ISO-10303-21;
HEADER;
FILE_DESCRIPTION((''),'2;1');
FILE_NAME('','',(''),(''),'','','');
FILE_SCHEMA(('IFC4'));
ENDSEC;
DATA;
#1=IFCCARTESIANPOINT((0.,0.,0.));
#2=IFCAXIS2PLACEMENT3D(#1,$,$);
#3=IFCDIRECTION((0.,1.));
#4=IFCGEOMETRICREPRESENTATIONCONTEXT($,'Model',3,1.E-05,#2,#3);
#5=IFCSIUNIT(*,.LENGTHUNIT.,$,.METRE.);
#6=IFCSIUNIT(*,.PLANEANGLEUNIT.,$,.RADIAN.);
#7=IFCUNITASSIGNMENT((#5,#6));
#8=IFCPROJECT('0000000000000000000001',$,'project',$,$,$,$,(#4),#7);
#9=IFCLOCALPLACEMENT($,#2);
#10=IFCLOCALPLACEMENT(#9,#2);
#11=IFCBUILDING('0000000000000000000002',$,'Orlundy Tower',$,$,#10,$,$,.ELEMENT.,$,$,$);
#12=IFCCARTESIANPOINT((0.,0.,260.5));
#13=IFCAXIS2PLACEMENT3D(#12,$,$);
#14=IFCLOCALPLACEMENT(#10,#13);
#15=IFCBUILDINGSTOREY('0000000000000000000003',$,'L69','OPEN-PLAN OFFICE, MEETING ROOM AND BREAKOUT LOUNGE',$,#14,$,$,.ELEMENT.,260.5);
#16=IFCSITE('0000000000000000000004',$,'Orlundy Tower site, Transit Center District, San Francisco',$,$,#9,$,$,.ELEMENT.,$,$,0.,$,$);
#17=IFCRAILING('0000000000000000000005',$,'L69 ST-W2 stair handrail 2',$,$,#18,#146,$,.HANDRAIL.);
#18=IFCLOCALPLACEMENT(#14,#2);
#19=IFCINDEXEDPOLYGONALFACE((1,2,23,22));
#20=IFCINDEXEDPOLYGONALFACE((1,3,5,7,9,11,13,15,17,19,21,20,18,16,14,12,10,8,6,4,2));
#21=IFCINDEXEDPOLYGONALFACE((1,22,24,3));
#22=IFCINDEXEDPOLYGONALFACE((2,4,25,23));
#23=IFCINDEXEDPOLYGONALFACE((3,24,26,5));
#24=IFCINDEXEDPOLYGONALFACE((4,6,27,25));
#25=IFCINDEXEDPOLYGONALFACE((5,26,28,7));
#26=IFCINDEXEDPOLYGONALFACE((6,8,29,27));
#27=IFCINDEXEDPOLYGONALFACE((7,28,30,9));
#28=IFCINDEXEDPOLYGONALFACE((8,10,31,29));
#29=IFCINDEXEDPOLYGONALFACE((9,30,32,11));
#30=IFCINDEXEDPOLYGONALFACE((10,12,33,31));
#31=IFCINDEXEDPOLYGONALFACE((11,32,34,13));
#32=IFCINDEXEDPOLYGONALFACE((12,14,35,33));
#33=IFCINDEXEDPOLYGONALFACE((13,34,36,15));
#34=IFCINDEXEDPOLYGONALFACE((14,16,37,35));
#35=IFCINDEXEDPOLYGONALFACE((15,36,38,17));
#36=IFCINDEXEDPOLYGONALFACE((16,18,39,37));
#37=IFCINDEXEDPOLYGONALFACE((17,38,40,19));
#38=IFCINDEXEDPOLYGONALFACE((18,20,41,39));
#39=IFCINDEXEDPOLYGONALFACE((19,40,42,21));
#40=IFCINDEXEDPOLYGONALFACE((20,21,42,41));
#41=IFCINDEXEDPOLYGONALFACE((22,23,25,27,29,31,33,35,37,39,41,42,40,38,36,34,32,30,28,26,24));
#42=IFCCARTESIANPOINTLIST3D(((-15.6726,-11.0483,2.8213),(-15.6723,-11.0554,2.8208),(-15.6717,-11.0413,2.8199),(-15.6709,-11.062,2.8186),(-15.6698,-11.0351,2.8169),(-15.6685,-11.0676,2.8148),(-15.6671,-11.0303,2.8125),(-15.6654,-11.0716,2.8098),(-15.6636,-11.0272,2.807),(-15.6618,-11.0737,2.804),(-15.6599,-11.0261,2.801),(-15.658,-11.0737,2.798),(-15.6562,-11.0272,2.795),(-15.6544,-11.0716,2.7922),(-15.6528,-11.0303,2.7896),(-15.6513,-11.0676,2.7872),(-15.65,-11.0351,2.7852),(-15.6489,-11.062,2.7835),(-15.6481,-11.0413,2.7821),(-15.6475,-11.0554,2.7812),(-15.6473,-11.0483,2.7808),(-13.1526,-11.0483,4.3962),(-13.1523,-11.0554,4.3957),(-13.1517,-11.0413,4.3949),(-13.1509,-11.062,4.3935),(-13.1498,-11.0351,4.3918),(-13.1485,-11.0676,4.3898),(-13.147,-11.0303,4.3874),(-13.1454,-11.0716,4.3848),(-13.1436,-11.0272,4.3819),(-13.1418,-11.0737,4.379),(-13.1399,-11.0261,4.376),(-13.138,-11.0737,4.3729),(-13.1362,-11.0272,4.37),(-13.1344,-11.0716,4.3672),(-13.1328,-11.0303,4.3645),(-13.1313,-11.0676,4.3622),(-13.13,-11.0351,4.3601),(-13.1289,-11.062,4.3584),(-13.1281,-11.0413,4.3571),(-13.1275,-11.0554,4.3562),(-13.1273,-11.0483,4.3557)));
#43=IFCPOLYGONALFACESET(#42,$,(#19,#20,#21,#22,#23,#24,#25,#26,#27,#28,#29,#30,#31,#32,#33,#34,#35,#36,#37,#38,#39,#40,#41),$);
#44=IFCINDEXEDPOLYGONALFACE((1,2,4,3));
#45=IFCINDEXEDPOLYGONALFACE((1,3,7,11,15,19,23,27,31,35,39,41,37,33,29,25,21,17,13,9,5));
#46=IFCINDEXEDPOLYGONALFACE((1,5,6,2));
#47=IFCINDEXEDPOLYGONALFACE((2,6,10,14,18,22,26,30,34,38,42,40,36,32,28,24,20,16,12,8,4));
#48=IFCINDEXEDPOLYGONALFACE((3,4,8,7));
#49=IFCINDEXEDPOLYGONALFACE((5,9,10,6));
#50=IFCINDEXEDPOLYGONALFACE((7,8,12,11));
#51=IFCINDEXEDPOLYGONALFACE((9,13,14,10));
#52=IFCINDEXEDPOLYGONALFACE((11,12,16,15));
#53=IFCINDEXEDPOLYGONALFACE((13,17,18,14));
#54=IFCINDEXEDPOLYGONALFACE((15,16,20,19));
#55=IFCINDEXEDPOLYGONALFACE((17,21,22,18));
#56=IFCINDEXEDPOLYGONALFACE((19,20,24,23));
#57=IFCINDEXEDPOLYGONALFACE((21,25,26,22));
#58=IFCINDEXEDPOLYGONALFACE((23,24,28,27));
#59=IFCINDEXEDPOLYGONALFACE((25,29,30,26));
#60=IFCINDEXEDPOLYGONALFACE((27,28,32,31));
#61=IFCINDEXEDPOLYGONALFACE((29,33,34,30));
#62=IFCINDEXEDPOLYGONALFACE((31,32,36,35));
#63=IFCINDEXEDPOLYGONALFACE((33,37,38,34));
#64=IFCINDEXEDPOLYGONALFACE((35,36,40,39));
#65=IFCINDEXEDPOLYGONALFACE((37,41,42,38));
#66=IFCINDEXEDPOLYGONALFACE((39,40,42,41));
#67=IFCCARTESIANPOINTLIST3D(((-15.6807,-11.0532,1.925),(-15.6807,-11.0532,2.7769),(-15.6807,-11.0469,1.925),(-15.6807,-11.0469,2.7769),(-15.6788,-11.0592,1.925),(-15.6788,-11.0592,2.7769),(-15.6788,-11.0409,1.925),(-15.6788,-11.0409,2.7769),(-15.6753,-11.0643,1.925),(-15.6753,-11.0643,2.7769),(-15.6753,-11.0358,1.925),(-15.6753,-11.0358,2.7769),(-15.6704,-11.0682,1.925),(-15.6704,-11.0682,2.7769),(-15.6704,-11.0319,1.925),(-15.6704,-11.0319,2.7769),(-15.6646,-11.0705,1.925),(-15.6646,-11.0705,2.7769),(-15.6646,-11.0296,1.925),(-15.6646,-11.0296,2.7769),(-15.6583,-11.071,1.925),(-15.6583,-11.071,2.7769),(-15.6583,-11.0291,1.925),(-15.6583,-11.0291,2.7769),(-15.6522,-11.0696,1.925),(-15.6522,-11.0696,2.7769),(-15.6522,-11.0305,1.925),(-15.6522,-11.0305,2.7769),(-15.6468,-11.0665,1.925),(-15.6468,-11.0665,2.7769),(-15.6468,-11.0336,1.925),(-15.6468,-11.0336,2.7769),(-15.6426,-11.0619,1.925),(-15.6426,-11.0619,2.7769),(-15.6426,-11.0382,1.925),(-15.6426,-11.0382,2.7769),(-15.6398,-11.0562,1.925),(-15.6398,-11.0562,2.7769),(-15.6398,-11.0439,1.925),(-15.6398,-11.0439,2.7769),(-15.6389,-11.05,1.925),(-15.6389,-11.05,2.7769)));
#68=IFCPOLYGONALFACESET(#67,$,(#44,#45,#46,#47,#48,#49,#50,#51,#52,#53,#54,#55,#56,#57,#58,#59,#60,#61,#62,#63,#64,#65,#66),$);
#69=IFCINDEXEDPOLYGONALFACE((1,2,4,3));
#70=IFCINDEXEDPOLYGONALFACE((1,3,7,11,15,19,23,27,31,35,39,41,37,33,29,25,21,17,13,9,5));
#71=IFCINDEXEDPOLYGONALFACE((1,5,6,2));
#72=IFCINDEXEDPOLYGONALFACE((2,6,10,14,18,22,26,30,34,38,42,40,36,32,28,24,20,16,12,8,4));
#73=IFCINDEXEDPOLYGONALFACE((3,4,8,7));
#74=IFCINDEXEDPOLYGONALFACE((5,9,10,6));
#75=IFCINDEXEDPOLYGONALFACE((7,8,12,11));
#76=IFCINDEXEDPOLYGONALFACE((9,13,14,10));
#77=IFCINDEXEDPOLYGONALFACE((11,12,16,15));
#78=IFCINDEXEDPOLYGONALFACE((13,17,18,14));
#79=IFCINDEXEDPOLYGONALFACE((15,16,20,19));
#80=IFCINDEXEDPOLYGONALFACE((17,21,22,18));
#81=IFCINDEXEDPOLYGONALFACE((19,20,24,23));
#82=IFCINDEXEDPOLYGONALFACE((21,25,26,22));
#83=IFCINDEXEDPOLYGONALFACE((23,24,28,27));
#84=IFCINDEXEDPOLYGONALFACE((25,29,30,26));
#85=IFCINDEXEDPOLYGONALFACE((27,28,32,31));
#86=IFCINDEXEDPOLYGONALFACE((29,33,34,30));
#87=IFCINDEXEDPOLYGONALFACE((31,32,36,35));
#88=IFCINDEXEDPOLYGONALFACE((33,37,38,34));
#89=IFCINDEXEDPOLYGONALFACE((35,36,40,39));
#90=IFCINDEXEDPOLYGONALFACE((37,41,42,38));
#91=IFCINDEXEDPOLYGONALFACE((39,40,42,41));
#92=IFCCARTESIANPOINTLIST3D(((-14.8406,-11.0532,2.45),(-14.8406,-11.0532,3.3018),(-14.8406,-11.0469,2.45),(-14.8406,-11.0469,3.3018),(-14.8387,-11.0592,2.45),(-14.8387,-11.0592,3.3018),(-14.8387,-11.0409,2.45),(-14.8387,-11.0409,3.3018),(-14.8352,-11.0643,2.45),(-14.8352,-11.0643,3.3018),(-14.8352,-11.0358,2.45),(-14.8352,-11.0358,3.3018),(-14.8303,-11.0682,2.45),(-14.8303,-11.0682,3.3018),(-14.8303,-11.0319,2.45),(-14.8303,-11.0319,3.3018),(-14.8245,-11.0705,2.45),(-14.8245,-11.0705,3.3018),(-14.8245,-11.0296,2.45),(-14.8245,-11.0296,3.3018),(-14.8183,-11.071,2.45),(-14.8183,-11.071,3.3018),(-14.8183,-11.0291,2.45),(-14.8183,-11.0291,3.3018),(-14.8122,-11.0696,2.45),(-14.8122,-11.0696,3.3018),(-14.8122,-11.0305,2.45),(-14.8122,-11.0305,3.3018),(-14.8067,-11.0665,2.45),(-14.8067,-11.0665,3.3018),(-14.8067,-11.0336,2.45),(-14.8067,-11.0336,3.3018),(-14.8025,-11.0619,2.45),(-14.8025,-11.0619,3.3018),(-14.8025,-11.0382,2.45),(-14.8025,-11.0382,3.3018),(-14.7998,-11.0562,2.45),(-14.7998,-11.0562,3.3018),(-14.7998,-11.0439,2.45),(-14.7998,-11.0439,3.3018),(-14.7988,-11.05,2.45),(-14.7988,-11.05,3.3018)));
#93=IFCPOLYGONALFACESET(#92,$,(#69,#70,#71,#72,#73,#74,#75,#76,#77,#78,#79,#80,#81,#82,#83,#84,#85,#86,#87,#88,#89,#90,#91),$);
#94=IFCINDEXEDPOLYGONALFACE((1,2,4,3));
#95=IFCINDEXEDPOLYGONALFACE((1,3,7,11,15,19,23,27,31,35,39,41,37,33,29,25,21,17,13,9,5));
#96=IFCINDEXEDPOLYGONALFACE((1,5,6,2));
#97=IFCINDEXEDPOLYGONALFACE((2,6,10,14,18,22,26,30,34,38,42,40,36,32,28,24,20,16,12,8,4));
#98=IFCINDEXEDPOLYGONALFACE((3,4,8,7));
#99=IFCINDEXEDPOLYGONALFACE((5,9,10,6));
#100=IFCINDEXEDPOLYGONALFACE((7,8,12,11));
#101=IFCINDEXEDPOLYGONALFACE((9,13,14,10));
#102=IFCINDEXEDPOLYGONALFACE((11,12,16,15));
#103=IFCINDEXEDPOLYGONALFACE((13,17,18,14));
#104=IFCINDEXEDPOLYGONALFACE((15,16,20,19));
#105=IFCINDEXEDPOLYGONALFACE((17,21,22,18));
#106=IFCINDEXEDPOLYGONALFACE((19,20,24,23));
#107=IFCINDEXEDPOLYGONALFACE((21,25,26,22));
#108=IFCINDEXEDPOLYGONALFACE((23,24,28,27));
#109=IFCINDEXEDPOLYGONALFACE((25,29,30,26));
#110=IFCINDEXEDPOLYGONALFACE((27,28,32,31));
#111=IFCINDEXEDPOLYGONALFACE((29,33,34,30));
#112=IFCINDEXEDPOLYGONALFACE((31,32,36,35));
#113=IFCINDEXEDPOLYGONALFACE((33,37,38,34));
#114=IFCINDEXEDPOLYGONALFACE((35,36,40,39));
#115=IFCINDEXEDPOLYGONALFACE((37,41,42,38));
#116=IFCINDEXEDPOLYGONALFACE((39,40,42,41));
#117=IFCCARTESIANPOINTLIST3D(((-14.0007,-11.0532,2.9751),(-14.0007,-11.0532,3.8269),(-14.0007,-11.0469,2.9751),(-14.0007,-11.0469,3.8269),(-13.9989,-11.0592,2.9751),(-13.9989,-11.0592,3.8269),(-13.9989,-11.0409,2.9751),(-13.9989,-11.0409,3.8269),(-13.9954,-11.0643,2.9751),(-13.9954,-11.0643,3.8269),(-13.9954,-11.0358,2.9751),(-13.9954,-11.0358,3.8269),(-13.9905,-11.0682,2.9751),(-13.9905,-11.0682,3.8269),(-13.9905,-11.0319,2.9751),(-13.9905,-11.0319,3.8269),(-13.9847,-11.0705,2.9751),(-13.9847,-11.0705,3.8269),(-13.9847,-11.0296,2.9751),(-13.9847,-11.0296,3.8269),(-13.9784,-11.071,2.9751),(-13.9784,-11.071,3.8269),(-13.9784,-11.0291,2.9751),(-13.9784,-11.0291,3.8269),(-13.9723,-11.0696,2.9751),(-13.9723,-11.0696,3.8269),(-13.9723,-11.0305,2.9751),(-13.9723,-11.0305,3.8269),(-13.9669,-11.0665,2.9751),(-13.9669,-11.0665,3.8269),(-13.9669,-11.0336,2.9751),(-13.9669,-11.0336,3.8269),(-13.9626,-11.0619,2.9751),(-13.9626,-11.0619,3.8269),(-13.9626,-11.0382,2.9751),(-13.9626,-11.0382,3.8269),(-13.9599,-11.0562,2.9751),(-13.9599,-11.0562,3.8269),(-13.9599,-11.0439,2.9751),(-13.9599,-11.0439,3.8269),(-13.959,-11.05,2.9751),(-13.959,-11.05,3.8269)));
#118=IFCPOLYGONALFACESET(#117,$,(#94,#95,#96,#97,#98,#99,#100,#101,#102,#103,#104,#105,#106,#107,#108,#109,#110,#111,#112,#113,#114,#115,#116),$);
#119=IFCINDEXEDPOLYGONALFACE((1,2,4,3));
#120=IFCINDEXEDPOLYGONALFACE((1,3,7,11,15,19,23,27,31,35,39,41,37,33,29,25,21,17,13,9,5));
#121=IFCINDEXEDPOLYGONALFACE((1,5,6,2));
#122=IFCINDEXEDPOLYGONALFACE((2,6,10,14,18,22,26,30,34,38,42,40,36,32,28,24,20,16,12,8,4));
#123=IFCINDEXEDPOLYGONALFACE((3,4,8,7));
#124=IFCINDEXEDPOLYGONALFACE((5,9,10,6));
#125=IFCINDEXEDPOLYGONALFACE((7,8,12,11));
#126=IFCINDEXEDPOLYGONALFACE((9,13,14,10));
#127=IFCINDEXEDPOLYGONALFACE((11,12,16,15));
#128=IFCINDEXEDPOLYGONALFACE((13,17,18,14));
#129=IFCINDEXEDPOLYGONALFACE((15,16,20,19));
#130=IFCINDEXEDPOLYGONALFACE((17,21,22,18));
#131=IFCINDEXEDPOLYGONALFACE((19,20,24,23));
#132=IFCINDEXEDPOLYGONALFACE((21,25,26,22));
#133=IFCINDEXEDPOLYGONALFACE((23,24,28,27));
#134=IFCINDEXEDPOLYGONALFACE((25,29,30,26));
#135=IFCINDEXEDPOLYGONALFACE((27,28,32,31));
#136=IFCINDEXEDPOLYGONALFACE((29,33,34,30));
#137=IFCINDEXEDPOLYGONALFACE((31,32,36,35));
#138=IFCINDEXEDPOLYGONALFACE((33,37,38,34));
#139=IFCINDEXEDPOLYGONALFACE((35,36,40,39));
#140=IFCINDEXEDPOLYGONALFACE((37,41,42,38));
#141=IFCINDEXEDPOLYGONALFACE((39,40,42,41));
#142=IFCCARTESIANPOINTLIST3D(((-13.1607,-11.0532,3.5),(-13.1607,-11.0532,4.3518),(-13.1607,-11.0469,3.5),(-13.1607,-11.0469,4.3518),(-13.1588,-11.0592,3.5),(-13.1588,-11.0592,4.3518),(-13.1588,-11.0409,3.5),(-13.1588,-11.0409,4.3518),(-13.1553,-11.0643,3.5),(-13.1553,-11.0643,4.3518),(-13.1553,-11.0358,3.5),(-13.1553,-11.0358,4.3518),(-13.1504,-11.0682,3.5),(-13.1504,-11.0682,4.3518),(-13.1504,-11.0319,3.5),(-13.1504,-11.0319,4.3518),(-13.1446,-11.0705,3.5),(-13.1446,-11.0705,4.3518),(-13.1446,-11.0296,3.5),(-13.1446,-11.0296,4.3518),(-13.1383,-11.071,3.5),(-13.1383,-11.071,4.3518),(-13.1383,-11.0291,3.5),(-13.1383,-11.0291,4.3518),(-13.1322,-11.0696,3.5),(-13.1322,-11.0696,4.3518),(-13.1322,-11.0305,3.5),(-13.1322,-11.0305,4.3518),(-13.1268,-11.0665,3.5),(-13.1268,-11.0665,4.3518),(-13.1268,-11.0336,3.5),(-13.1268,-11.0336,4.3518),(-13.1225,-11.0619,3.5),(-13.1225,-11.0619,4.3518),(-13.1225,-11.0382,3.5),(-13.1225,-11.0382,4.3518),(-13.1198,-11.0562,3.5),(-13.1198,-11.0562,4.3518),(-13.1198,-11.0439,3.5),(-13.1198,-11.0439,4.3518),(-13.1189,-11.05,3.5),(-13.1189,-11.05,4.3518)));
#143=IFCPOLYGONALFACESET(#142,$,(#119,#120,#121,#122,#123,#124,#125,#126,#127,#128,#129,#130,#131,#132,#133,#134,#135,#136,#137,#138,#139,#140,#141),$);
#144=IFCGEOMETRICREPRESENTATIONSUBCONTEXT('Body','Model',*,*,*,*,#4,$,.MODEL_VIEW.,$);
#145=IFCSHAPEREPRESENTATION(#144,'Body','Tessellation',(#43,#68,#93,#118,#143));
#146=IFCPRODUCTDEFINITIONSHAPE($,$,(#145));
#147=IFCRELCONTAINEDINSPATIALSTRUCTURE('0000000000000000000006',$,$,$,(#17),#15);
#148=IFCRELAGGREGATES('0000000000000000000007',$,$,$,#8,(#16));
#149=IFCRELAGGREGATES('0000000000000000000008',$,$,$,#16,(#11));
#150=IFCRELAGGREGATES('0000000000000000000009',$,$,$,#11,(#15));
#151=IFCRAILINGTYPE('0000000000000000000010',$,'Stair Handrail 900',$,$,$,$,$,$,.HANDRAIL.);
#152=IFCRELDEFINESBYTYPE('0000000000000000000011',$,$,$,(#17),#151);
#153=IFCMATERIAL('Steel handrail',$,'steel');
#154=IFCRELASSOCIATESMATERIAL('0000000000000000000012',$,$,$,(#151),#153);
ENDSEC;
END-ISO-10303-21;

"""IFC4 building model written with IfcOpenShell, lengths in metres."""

from ifc_helpers import new_model, si_unit, direction, frame, origin, origin_2d, place, context, subcontext, project, spatial, circle, extrude, material, type_object, element, save


model = new_model("IFC4")

# Units and contexts
model_context = context("Model", 3, precision=1e-05, world=origin(), true_north=direction((0.0, 1.0)))
body_context = subcontext(model_context, "Body", "Model", "MODEL_VIEW")
ifc_project = project(units=[si_unit("LENGTHUNIT", "METRE"), si_unit("PLANEANGLEUNIT", "RADIAN")], contexts=[model_context])

# Site, building, storey
site_placement = place(None, origin())
site = spatial("IfcSite", under=ifc_project, at=site_placement, Name="Orlundy Tower site, Transit Center District, San Francisco", CompositionType="ELEMENT", RefElevation=0.0)
building_placement = place(site_placement, origin())
building = spatial("IfcBuilding", under=site, at=building_placement, Name="Orlundy Tower", CompositionType="ELEMENT")
storey_placement = place(building_placement, frame((0.0, 0.0, 260.5)))
storey = spatial("IfcBuildingStorey", under=building, at=storey_placement, Name="L69", Description="OPEN-PLAN OFFICE, MEETING ROOM AND BREAKOUT LOUNGE", CompositionType="ELEMENT", Elevation=260.5)

# Railing
ifc_material_1 = material(Name="Steel handrail", Category="steel")
railing_type_1 = type_object("IfcRailingType", Name="Stair Handrail 900", PredefinedType="HANDRAIL", material=ifc_material_1)
railing_1_placement = place(storey_placement, frame((-15.6599, -11.05, 1.925)))
element("IfcRailing", 1, at=railing_1_placement, inside=storey, type_object=railing_type_1, Name="L69 ST-W2 stair handrail 2", PredefinedType="HANDRAIL", context=body_context, shape_type="SweptSolid", body=[
    extrude(circle(Radius=0.0239, at=origin_2d()), frame((0.0, 0.0, 0.876), z_axis=(0.848008, 0.0, 0.529984), x_axis=(0.0, 1.0, 0.0)), (0.0, 0.0, 1.0), 2.9717),
    extrude(circle(Radius=0.021, at=origin_2d()), origin(), (0.0, 0.0, 1.0), 0.8518),
    extrude(circle(Radius=0.021, at=origin_2d()), frame((0.8401, 0.0, 0.5249)), (0.0, 0.0, 1.0), 0.8518),
    extrude(circle(Radius=0.021, at=origin_2d()), frame((1.6799, 0.0, 1.05)), (0.0, 0.0, 1.0), 0.8518),
    extrude(circle(Radius=0.021, at=origin_2d()), frame((2.52, 0.0, 1.575)), (0.0, 0.0, 1.0), 0.8518),
])

save(model, "model.ifc")
